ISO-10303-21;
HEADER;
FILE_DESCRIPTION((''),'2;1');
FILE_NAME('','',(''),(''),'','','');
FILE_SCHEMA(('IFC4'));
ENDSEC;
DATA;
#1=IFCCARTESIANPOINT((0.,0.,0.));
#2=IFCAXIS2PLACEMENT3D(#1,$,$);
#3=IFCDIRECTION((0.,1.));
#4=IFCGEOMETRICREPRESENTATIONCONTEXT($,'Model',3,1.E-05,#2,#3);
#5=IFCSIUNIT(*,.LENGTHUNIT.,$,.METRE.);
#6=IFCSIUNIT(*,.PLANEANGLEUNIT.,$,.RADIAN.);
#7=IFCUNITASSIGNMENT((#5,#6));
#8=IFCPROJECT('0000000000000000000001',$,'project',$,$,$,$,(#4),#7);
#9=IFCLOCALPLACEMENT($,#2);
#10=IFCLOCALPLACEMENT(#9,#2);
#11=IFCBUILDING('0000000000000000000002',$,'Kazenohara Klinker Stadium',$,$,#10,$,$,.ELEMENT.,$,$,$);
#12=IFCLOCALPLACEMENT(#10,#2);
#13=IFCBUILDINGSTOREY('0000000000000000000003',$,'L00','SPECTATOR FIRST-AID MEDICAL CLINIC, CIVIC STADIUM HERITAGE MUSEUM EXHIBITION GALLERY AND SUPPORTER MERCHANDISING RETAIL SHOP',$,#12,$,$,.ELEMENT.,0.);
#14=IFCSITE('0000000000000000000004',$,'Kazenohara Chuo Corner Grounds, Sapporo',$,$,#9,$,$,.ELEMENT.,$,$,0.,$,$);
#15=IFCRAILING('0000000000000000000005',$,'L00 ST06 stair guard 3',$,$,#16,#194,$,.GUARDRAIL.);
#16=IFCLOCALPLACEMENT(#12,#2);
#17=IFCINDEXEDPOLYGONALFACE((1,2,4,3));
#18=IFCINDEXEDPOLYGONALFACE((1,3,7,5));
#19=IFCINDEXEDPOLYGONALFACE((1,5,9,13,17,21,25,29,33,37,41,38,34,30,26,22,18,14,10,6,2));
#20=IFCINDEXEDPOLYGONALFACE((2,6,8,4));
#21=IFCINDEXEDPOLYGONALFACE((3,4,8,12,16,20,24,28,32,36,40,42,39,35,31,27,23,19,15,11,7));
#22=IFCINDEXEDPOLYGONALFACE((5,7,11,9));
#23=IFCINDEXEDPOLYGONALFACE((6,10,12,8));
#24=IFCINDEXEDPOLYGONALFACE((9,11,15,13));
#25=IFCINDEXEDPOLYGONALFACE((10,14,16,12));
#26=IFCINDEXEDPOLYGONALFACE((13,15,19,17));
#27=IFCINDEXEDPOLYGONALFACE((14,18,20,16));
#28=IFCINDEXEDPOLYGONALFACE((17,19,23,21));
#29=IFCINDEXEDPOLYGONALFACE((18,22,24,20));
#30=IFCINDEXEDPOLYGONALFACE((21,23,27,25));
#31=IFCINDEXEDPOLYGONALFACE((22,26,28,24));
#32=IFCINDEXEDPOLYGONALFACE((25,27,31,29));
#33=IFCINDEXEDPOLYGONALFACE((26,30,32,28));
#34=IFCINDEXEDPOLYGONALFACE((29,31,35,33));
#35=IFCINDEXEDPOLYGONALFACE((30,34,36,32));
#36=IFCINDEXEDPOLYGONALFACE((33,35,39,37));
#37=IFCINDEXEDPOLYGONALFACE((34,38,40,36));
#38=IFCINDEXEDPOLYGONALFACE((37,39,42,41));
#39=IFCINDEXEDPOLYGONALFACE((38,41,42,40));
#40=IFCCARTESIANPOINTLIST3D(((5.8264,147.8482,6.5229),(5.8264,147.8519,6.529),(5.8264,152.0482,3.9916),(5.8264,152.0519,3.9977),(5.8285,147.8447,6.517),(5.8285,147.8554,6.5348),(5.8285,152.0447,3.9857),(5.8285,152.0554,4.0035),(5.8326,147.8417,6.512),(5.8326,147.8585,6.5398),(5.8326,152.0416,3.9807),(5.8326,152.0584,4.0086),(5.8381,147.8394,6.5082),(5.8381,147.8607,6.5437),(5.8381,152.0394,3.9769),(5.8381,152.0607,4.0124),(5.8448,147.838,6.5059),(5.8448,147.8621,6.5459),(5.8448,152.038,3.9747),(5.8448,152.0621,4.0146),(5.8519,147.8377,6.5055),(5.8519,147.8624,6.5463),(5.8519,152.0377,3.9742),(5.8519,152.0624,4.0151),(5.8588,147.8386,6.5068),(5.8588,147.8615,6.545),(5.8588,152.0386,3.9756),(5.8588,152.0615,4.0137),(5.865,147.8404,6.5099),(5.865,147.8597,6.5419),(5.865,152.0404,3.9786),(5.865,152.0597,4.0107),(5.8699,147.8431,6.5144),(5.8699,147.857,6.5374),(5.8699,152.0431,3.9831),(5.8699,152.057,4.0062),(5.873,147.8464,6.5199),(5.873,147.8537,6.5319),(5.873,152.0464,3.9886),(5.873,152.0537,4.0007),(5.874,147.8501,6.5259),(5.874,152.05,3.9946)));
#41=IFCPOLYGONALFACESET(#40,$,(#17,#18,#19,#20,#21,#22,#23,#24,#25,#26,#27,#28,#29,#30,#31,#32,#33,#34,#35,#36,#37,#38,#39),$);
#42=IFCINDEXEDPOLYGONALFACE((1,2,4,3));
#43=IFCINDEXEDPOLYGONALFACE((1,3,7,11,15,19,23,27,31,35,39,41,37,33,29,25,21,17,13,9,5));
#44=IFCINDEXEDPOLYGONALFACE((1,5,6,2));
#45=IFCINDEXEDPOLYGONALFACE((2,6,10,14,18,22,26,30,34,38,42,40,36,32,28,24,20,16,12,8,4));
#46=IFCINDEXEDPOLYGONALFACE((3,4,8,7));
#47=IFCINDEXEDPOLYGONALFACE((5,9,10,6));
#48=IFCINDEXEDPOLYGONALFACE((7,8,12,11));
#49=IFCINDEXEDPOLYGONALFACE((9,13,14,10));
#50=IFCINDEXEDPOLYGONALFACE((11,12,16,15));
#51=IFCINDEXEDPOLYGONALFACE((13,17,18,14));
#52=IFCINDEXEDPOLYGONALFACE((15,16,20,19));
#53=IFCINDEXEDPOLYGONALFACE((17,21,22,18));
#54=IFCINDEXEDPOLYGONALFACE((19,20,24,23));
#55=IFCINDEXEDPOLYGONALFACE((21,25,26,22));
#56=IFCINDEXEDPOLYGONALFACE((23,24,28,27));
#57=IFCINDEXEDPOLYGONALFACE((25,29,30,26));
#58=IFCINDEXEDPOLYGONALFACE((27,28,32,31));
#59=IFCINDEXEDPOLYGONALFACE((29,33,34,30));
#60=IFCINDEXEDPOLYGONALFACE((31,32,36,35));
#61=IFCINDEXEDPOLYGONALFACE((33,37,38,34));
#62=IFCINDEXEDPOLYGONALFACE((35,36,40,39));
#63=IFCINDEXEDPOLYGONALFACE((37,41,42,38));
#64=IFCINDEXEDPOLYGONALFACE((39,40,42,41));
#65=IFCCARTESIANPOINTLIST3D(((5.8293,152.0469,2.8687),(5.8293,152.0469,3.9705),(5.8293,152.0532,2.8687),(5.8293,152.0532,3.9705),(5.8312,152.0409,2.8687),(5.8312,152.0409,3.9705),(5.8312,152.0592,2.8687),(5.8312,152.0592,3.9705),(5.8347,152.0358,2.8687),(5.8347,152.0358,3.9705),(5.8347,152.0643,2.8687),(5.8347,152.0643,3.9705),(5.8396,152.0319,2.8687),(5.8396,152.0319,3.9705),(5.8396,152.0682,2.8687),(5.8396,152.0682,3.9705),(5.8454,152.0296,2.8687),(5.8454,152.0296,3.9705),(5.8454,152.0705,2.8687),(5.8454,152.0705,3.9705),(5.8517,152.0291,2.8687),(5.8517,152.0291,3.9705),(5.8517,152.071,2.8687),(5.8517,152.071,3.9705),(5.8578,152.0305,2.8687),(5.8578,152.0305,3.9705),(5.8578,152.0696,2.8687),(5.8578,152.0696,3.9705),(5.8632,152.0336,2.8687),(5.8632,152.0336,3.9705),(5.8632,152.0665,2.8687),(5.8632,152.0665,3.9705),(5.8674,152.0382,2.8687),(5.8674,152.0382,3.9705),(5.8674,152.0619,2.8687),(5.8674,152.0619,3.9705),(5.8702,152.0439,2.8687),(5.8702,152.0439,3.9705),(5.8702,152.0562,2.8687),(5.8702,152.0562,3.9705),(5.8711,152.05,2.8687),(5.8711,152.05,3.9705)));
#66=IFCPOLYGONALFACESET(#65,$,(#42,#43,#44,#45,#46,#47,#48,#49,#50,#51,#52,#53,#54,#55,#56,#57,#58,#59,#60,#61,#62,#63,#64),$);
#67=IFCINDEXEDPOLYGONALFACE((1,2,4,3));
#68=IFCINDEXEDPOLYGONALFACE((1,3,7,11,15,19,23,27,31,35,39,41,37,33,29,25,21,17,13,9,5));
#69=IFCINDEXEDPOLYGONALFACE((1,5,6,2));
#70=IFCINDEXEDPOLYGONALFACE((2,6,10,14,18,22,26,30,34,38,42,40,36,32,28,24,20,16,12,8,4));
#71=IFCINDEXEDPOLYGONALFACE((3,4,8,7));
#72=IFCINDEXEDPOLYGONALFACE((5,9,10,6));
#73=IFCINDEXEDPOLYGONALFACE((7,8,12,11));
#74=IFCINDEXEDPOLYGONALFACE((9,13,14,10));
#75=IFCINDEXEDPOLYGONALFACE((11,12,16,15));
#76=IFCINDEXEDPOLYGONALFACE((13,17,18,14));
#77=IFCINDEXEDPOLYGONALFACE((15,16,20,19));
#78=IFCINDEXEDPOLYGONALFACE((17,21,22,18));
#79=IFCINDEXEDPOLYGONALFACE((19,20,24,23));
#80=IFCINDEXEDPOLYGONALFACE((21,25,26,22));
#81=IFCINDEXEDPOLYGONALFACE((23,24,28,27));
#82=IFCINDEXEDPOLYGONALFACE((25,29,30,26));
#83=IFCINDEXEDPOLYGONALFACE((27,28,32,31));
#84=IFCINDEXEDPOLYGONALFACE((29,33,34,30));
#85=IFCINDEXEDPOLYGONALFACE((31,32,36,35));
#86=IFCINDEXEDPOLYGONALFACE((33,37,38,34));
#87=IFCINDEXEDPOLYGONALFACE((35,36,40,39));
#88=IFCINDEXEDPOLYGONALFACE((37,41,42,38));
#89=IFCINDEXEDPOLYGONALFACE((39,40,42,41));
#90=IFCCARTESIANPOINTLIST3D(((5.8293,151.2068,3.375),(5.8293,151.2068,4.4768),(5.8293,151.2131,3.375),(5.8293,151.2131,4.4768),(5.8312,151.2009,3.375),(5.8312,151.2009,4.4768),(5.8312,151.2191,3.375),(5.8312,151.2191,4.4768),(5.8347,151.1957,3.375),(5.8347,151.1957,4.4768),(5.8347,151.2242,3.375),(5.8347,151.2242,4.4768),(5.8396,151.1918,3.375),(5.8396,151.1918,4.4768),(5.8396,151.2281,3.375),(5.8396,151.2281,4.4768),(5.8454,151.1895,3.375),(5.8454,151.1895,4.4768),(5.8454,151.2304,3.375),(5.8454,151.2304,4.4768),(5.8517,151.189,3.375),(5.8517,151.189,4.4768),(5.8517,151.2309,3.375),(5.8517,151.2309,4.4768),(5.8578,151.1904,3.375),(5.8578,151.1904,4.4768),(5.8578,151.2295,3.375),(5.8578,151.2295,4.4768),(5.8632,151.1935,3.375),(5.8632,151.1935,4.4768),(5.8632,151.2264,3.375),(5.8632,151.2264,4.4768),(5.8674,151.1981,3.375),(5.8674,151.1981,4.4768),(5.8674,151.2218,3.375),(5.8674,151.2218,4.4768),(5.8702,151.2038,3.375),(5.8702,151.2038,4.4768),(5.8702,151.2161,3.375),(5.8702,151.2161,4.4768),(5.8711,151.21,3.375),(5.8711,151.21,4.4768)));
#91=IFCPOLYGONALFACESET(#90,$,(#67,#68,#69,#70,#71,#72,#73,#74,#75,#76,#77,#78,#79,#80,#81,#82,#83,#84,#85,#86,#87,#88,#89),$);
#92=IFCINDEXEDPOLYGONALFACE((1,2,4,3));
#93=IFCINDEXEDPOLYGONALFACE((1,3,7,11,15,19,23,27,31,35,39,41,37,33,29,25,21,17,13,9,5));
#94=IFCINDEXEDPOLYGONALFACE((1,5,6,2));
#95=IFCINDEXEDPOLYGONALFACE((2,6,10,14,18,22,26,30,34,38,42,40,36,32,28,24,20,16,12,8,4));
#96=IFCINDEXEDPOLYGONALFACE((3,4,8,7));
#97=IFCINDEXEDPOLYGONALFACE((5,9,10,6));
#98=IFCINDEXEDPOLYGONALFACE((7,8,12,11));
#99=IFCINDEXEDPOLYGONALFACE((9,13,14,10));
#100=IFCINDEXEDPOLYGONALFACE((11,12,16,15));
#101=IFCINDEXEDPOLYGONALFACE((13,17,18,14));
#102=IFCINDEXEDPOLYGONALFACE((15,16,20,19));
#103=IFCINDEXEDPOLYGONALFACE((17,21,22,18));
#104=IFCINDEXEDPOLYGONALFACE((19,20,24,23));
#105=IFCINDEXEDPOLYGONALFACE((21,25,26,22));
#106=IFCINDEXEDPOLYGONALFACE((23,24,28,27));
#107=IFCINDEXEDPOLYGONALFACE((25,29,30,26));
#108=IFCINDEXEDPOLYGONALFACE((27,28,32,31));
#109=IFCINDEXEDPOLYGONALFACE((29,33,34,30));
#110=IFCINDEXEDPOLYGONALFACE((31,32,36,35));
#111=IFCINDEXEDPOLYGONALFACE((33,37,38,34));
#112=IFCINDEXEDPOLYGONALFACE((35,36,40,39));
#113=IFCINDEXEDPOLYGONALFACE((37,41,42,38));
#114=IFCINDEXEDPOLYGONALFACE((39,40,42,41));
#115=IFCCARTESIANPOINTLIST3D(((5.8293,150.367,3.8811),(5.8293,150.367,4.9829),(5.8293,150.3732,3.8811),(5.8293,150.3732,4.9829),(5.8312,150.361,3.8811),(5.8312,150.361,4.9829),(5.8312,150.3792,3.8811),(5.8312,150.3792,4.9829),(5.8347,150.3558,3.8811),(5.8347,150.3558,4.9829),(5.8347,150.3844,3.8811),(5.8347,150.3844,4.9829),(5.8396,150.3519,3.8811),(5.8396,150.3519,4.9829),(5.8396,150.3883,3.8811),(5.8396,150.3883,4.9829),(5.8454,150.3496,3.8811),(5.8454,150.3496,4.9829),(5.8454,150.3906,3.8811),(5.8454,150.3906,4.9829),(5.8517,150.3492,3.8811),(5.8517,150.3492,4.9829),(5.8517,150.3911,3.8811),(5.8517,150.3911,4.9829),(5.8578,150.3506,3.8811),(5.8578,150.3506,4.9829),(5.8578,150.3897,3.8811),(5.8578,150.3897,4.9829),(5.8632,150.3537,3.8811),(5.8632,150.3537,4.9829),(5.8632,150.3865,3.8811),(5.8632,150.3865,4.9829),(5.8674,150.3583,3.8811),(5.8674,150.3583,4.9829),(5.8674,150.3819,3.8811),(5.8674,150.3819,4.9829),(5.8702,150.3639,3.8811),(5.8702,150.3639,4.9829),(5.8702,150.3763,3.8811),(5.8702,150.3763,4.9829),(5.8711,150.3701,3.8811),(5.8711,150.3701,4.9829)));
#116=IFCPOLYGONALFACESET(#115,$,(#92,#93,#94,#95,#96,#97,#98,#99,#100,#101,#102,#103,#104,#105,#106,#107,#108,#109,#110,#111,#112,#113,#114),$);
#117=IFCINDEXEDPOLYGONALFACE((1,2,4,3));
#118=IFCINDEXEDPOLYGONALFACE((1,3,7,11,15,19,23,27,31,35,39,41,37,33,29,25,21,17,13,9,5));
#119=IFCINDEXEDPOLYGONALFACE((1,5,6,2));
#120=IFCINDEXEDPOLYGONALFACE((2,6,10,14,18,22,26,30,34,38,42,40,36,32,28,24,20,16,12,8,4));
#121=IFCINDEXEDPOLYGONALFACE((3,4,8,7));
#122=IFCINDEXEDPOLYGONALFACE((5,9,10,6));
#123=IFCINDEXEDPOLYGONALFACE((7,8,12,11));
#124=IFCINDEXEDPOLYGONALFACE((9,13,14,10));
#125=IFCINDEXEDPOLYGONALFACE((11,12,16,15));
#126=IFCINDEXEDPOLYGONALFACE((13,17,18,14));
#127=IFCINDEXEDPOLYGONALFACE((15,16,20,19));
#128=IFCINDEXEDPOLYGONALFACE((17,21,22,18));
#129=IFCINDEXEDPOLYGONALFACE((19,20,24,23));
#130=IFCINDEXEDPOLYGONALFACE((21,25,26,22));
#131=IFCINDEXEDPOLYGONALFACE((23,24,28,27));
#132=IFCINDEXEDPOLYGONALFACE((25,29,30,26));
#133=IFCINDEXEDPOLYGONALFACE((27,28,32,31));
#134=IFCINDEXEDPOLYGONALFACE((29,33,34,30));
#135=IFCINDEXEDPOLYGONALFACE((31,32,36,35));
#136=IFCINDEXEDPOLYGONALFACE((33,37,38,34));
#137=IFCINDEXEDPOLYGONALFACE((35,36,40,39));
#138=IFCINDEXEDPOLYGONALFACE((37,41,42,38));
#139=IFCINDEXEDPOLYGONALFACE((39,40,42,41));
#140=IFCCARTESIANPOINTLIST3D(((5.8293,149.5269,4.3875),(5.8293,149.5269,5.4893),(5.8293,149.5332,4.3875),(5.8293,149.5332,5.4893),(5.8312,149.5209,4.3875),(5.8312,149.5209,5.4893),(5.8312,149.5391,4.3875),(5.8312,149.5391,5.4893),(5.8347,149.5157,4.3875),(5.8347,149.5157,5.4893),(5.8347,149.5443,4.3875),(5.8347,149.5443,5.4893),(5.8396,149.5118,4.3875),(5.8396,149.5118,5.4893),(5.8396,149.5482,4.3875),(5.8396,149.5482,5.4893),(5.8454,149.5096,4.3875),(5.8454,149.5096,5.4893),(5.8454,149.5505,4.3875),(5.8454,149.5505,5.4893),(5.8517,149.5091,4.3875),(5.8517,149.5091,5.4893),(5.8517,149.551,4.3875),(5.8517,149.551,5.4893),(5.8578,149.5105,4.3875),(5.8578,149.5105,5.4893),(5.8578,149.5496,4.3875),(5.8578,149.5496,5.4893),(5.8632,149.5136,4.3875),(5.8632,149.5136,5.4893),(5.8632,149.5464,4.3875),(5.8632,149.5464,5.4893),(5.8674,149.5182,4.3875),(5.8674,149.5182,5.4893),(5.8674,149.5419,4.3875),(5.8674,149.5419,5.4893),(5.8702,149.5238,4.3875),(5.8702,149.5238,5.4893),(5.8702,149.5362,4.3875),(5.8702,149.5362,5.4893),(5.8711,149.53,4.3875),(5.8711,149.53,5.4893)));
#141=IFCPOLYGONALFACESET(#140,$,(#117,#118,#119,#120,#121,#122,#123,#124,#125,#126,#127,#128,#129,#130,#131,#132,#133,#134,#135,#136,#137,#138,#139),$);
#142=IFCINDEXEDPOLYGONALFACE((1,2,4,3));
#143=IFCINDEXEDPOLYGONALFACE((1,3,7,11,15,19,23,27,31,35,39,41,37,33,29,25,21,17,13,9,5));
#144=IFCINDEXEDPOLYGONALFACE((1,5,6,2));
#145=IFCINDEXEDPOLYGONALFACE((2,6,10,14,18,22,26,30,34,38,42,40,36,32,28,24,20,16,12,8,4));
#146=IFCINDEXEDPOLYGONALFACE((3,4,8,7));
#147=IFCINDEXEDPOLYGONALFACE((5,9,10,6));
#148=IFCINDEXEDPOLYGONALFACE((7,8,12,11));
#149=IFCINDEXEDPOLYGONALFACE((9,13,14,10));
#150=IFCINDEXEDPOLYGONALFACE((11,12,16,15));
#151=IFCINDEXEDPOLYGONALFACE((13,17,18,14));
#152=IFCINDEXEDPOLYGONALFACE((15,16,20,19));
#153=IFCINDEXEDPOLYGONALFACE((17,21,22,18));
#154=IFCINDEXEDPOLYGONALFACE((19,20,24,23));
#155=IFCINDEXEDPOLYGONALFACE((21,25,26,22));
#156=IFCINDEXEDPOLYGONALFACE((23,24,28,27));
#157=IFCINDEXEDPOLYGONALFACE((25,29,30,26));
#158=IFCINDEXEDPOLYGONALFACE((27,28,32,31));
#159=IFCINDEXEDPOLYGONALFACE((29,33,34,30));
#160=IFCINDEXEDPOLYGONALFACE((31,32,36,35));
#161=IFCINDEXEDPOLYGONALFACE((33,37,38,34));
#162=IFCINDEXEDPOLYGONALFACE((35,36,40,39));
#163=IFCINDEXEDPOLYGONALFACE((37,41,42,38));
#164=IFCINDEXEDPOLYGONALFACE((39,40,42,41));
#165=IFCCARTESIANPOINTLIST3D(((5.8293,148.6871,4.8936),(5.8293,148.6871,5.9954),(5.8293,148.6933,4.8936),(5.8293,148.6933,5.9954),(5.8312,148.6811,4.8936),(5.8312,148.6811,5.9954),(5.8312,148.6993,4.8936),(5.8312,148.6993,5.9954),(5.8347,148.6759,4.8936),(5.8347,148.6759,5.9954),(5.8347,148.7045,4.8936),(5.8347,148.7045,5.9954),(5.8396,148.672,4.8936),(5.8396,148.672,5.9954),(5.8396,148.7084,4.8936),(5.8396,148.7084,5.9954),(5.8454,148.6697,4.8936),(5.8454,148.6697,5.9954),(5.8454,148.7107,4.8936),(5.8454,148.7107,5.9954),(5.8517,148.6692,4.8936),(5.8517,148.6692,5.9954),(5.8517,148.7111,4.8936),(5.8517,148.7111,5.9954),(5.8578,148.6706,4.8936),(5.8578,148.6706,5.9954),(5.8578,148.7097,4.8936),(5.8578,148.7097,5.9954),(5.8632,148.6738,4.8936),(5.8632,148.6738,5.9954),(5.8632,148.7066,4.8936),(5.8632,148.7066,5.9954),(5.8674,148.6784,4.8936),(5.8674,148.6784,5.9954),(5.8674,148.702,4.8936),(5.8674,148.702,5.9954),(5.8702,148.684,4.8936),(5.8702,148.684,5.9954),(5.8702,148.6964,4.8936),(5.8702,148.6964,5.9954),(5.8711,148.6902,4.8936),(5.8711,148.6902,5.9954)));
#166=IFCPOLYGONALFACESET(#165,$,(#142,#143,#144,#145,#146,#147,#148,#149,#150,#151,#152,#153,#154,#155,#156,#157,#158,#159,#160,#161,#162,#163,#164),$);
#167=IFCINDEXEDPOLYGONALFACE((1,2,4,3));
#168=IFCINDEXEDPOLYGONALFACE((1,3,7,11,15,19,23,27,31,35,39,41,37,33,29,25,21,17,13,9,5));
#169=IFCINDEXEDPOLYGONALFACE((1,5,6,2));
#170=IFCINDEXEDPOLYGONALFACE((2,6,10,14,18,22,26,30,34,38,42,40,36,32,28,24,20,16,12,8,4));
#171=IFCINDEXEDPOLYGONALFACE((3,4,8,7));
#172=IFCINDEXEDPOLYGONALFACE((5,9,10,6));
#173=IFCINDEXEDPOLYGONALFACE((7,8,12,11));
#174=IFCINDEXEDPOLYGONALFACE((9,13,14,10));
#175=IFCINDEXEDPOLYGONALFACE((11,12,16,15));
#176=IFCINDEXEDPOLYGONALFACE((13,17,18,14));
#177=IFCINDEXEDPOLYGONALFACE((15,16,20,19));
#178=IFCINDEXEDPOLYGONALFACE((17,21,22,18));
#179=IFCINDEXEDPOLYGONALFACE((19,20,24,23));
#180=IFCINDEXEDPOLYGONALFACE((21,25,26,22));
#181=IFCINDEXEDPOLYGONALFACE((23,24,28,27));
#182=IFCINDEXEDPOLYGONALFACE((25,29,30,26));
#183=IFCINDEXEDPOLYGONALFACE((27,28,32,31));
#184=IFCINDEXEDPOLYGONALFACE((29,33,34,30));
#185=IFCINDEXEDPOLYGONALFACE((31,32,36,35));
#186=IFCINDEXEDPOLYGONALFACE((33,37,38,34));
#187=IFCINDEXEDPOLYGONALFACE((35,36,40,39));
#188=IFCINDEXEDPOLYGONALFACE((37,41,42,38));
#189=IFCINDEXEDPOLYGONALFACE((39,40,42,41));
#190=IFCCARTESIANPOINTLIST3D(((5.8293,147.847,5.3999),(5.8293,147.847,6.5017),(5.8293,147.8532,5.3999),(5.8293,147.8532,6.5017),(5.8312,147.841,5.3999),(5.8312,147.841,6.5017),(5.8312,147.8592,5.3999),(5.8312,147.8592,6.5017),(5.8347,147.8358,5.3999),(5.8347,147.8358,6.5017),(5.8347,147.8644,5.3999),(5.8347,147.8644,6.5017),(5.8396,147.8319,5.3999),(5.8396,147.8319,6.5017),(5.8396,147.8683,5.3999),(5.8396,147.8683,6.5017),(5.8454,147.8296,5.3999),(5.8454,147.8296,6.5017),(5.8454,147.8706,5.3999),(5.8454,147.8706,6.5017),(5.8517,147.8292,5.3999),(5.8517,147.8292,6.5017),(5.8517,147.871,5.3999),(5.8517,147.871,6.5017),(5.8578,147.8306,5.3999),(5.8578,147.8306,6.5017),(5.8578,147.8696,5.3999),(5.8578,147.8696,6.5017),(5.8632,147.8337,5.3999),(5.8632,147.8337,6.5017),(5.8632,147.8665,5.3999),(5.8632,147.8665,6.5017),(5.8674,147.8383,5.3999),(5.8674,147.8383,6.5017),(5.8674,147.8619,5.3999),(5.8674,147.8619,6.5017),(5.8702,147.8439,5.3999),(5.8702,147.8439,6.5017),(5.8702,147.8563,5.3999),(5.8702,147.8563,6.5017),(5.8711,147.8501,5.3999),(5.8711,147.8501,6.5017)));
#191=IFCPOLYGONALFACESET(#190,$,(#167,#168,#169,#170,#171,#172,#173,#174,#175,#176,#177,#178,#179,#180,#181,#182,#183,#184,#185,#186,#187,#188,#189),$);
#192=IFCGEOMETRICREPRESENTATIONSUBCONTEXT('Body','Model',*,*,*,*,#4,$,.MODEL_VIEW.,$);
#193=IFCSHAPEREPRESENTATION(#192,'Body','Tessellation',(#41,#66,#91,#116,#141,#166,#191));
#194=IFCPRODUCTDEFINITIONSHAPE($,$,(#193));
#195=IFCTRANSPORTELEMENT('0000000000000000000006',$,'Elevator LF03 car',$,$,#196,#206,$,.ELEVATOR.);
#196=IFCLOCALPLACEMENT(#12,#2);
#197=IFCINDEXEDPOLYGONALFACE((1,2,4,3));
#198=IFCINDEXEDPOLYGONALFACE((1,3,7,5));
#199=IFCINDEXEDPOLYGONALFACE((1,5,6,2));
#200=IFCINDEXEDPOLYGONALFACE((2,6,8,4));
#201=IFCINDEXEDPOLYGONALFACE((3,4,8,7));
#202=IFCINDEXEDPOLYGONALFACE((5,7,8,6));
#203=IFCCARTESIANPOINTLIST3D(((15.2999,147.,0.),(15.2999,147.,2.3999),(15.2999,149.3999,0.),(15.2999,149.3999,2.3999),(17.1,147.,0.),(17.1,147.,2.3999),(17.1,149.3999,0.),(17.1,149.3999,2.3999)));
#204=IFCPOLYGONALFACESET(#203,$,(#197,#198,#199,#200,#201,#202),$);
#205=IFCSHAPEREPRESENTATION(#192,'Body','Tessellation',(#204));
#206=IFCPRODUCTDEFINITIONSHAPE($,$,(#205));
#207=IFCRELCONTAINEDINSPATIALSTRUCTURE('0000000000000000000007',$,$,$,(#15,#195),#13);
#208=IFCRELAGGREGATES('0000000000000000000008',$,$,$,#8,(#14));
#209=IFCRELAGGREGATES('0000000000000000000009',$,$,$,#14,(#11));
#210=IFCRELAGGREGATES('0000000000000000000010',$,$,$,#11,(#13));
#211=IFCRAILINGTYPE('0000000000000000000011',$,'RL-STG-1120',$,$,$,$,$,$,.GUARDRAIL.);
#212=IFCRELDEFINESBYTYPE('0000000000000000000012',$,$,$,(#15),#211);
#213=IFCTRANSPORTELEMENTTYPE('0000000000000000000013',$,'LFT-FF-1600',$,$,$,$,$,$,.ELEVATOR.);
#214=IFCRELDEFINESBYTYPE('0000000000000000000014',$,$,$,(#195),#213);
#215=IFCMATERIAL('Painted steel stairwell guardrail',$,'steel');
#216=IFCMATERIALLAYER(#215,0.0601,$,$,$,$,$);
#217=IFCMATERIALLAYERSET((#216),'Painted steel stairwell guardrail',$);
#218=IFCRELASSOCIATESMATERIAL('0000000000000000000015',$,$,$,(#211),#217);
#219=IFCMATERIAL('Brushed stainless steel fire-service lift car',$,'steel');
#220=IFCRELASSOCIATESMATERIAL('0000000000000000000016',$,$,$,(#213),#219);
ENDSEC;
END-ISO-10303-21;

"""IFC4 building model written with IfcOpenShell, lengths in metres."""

from ifc_helpers import new_model, si_unit, direction, frame, origin, origin_2d, place, context, subcontext, project, spatial, rectangle, circle, extrude, material, layer, layer_set, type_object, element, save


model = new_model("IFC4")

# Units and contexts
model_context = context("Model", 3, precision=1e-05, world=origin(), true_north=direction((0.0, 1.0)))
body_context = subcontext(model_context, "Body", "Model", "MODEL_VIEW")
ifc_project = project(units=[si_unit("LENGTHUNIT", "METRE"), si_unit("PLANEANGLEUNIT", "RADIAN")], contexts=[model_context])

# Site, building, storey
site_placement = place(None, origin())
site = spatial("IfcSite", under=ifc_project, at=site_placement, Name="Kazenohara Chuo Corner Grounds, Sapporo", CompositionType="ELEMENT", RefElevation=0.0)
building_placement = place(site_placement, origin())
building = spatial("IfcBuilding", under=site, at=building_placement, Name="Kazenohara Klinker Stadium", CompositionType="ELEMENT")
storey_placement = place(building_placement, origin())
storey = spatial("IfcBuildingStorey", under=building, at=storey_placement, Name="L00", Description="SPECTATOR FIRST-AID MEDICAL CLINIC, CIVIC STADIUM HERITAGE MUSEUM EXHIBITION GALLERY AND SUPPORTER MERCHANDISING RETAIL SHOP", CompositionType="ELEMENT", Elevation=0.0)

# Railing
ifc_material_1 = material(Name="Painted steel stairwell guardrail", Category="steel")
ifc_layer_1 = layer(ifc_material_1, 0.0601)
ifc_layer_set_1 = layer_set([ifc_layer_1], Name="Painted steel stairwell guardrail")
railing_type_1 = type_object("IfcRailingType", Name="RL-STG-1120", PredefinedType="GUARDRAIL", material=ifc_layer_set_1)
railing_1_placement = place(storey_placement, frame((5.8501, 152.05, 2.8687)))
element("IfcRailing", 1, at=railing_1_placement, inside=storey, type_object=railing_type_1, Name="L00 ST06 stair guard 3", PredefinedType="GUARDRAIL", context=body_context, shape_type="SweptSolid", body=[
    extrude(circle(Radius=0.0239, at=origin_2d()), frame((0.0, 0.0, 1.126), z_axis=(0.0, -0.856476, 0.516186), x_axis=(1.0, 0.0, 0.0)), (0.0, 0.0, 1.0), 4.9038),
    extrude(circle(Radius=0.021, at=origin_2d()), origin(), (0.0, 0.0, 1.0), 1.1018),
    extrude(circle(Radius=0.021, at=origin_2d()), frame((0.0, -0.8401, 0.5063)), (0.0, 0.0, 1.0), 1.1018),
    extrude(circle(Radius=0.021, at=origin_2d()), frame((0.0, -1.6799, 1.0125)), (0.0, 0.0, 1.0), 1.1018),
    extrude(circle(Radius=0.021, at=origin_2d()), frame((0.0, -2.52, 1.5188)), (0.0, 0.0, 1.0), 1.1018),
    extrude(circle(Radius=0.021, at=origin_2d()), frame((0.0, -3.3599, 2.0249)), (0.0, 0.0, 1.0), 1.1018),
    extrude(circle(Radius=0.021, at=origin_2d()), frame((0.0, -4.2, 2.5312)), (0.0, 0.0, 1.0), 1.1018),
])

# Transport element
ifc_material_2 = material(Name="Brushed stainless steel fire-service lift car", Category="steel")
transport_element_type = type_object("IfcTransportElementType", Name="LFT-FF-1600", PredefinedType="ELEVATOR", material=ifc_material_2)
transport_element_placement = place(storey_placement, frame((16.2, 148.2, 0.0), z_axis=(0.0, 0.0, 1.0), x_axis=(1.0, 0.0, 0.0)))
element("IfcTransportElement", 2, at=transport_element_placement, inside=storey, type_object=transport_element_type, Name="Elevator LF03 car", PredefinedType="ELEVATOR", context=body_context, shape_type="SweptSolid", body=[
    extrude(rectangle(XDim=1.8, YDim=2.3999, at=origin_2d()), origin(), (0.0, 0.0, 1.0), 2.3999),
])

save(model, "model.ifc")
